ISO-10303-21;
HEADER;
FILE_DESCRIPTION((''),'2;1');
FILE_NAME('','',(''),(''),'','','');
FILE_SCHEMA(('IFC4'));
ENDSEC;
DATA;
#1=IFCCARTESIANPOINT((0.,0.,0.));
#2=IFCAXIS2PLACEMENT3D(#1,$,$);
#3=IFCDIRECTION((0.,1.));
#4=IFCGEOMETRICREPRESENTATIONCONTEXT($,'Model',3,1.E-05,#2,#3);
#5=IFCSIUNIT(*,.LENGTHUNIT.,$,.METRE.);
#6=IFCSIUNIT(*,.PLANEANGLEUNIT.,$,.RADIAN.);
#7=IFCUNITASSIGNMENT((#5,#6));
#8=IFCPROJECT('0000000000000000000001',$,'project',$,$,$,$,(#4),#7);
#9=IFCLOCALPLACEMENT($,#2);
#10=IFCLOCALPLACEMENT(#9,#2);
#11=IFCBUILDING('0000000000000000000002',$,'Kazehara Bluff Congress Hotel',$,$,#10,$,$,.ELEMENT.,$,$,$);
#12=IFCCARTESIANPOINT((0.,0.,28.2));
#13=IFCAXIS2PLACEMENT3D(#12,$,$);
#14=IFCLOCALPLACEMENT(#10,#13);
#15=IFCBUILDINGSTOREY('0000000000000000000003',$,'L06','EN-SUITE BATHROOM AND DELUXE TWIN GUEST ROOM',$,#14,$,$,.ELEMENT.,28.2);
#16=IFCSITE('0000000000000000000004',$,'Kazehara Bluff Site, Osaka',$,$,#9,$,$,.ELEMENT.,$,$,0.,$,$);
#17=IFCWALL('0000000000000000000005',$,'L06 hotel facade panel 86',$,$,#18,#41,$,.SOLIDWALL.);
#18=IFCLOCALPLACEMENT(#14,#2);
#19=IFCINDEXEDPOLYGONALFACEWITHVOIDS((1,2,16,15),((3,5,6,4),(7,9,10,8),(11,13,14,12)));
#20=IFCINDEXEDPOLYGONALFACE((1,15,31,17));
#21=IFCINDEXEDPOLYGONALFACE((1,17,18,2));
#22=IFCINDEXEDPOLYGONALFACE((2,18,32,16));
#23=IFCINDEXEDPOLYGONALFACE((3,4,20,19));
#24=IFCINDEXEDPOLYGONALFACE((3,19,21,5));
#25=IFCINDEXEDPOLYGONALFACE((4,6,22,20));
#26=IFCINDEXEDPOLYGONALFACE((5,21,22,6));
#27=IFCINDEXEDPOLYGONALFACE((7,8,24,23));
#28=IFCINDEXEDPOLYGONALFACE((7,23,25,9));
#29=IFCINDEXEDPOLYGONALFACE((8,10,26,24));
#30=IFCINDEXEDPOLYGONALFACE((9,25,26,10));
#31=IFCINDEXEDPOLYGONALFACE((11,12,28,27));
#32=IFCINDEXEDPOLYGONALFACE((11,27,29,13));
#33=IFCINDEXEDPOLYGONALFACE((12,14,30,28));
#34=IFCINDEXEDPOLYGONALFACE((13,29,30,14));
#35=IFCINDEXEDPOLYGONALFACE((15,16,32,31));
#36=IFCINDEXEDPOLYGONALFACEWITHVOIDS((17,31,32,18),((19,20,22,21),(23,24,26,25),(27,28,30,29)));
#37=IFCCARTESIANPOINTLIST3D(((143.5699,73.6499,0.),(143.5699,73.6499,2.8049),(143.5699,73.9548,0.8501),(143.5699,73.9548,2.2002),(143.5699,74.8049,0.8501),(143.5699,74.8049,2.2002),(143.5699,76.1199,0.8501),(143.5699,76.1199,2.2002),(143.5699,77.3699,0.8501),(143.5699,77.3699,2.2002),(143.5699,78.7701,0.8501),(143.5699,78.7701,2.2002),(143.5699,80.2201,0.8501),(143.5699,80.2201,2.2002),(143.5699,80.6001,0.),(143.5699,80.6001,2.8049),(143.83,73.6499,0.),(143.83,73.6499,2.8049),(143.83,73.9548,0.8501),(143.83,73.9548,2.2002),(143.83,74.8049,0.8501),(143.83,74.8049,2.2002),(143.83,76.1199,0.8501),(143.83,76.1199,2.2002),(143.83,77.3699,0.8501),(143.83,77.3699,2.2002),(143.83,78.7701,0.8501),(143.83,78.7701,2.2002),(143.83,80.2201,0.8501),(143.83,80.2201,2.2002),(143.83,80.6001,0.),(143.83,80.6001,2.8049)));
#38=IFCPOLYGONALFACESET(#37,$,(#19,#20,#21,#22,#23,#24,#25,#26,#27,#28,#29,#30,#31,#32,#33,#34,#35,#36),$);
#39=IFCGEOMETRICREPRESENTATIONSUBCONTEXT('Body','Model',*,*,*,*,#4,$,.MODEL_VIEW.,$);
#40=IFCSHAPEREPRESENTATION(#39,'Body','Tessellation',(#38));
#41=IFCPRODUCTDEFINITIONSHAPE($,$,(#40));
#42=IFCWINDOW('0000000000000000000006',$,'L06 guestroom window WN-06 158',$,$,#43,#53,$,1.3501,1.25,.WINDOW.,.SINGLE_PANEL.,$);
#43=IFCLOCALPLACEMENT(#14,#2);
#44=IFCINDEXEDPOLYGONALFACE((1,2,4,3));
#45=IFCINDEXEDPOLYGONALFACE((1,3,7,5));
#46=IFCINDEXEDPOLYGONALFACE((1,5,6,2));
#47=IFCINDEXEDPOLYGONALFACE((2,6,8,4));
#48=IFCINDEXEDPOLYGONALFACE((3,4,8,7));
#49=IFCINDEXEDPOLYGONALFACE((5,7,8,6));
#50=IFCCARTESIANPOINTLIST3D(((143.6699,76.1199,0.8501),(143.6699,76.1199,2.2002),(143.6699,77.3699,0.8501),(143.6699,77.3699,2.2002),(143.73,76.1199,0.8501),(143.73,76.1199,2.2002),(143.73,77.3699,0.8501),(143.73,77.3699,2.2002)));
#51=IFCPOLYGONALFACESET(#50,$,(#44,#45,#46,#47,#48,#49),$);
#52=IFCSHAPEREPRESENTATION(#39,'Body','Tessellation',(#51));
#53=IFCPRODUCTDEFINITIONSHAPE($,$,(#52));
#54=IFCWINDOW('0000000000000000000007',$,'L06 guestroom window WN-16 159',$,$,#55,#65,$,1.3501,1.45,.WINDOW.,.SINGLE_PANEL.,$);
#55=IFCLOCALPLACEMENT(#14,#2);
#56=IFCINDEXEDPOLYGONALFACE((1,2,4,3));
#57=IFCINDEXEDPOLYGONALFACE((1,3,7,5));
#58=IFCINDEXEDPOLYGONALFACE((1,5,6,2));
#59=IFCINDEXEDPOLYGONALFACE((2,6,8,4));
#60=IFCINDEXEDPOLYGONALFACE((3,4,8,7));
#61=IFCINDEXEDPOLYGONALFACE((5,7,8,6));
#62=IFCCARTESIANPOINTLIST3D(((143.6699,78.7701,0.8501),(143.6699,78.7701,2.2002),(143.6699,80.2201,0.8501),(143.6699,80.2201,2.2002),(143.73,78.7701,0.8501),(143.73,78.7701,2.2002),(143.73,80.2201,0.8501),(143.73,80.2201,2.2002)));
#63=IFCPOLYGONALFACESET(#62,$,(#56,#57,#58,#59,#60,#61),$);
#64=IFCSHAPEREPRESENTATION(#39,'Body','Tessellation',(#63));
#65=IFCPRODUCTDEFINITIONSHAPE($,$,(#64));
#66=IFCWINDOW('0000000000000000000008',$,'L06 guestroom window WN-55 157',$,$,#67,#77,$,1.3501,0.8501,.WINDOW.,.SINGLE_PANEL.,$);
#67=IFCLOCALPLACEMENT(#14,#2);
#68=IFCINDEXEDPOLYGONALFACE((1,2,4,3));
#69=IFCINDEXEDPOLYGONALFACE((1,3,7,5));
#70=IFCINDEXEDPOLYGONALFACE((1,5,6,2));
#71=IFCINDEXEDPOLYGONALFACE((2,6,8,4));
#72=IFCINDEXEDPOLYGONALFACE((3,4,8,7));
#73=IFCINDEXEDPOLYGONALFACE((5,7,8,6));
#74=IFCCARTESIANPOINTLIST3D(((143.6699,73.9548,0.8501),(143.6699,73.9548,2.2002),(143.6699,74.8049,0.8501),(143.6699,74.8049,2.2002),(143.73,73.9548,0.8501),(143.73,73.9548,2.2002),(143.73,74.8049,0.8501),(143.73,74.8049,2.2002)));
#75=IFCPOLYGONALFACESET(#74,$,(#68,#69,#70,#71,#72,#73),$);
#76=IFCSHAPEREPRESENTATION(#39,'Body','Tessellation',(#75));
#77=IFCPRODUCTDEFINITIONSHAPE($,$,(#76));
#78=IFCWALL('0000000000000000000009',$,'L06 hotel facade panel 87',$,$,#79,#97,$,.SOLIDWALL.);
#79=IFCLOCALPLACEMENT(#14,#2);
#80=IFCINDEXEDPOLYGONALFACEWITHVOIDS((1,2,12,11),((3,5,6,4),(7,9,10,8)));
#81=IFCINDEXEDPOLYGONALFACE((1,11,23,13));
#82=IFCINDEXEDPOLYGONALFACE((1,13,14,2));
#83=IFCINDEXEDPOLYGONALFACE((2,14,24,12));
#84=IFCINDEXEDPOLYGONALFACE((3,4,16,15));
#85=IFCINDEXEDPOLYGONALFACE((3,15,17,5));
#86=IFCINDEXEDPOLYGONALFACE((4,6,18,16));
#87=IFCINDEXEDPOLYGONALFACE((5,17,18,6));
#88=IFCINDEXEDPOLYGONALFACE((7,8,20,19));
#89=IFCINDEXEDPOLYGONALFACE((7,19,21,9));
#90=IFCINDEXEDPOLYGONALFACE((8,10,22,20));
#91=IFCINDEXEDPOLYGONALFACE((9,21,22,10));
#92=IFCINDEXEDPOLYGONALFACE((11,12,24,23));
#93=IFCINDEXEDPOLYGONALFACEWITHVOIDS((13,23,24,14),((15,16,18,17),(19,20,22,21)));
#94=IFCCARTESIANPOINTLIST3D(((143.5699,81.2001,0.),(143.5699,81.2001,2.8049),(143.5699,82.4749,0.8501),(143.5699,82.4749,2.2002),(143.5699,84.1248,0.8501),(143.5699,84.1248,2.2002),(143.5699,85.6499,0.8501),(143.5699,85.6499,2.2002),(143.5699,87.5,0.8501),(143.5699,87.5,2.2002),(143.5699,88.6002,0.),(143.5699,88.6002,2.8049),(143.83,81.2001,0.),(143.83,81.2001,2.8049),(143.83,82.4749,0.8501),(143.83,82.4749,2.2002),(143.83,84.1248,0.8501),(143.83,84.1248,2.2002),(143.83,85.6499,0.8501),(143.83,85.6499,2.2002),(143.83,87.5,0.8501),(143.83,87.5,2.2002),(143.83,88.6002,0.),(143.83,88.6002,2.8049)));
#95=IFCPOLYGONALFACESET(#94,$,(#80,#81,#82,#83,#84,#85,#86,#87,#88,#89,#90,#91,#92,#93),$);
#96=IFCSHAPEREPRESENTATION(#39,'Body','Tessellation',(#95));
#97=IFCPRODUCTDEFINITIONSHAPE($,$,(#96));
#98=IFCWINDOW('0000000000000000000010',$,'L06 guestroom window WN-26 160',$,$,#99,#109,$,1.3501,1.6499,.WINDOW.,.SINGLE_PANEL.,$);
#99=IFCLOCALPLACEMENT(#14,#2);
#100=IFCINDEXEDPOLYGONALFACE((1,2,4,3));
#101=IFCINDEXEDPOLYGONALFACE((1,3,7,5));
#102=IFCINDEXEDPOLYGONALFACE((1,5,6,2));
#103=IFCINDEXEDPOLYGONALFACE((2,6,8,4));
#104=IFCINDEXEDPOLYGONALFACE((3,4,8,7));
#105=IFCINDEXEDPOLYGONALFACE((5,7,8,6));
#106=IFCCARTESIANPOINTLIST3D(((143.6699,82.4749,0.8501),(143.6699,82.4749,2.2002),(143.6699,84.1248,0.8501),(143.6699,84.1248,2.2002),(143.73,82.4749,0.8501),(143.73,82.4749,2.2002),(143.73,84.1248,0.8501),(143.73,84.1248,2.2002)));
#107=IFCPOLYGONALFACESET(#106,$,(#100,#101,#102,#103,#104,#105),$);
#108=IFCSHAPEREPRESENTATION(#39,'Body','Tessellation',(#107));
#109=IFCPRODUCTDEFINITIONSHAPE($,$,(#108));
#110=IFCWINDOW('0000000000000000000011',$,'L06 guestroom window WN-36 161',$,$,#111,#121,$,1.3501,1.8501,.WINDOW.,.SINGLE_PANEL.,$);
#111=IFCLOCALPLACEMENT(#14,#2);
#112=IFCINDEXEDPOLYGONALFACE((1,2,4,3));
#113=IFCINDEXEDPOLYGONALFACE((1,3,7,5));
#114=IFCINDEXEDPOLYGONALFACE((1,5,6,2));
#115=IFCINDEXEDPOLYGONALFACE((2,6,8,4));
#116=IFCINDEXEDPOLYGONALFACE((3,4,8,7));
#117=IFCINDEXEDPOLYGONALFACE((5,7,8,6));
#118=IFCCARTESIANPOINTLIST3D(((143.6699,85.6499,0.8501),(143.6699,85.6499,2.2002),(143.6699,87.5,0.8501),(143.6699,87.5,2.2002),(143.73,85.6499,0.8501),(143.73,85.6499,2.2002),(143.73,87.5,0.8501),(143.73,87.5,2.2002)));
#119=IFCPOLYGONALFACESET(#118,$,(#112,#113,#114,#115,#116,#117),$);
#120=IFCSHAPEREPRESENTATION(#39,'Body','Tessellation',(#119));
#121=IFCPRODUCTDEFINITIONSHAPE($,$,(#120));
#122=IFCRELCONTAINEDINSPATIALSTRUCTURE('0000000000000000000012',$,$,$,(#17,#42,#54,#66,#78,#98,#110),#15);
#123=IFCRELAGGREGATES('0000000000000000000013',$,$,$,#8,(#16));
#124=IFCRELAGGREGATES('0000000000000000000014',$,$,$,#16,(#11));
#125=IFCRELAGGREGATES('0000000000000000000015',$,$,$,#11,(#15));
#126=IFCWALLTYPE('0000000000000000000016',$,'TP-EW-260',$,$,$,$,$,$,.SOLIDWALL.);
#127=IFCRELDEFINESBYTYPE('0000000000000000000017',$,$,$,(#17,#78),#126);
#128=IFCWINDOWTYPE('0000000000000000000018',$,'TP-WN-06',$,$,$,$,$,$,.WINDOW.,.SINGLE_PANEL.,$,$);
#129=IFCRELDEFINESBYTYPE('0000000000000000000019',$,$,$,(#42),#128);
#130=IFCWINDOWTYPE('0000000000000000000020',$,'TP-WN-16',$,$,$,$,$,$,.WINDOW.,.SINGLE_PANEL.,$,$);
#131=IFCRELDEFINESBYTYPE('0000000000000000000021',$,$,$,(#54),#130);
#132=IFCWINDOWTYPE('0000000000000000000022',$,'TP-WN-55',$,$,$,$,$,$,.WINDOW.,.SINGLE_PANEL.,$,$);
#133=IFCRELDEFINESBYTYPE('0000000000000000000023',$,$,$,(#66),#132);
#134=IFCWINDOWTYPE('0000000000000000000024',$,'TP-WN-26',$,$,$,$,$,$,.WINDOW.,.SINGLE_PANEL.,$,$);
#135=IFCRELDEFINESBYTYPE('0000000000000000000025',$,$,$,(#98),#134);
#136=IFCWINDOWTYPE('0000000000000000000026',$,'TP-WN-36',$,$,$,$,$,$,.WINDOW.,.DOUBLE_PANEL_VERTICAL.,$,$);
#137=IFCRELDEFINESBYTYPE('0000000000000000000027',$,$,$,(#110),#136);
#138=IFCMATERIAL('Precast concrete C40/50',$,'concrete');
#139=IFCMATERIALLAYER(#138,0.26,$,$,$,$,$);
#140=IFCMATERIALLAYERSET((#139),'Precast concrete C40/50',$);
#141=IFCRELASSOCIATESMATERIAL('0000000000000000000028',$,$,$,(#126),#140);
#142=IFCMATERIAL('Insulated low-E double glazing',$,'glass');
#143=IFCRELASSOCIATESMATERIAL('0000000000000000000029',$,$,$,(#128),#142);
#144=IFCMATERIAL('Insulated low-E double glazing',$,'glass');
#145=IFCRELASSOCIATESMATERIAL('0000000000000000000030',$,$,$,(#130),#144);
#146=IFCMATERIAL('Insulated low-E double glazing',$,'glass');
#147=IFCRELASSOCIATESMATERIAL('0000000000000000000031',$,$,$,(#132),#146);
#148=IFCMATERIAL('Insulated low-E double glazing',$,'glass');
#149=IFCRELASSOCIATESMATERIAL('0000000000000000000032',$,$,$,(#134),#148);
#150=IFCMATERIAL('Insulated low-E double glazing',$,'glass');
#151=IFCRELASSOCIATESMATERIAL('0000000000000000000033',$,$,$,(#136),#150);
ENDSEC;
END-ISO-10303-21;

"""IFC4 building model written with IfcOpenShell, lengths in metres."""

from ifc_helpers import new_model, si_unit, direction, frame, frame_2d, origin, place, context, subcontext, project, spatial, rectangle, extrude, material, layer, layer_set, type_object, element, fill, save


model = new_model("IFC4")

# Units and contexts
model_context = context("Model", 3, precision=1e-05, world=origin(), true_north=direction((0.0, 1.0)))
body_context = subcontext(model_context, "Body", "Model", "MODEL_VIEW")
ifc_project = project(units=[si_unit("LENGTHUNIT", "METRE"), si_unit("PLANEANGLEUNIT", "RADIAN")], contexts=[model_context])

# Site, building, storey
site_placement = place(None, origin())
site = spatial("IfcSite", under=ifc_project, at=site_placement, Name="Kazehara Bluff Site, Osaka", CompositionType="ELEMENT", RefElevation=0.0)
building_placement = place(site_placement, origin())
building = spatial("IfcBuilding", under=site, at=building_placement, Name="Kazehara Bluff Congress Hotel", CompositionType="ELEMENT")
storey_placement = place(building_placement, frame((0.0, 0.0, 28.2)))
storey = spatial("IfcBuildingStorey", under=building, at=storey_placement, Name="L06", Description="EN-SUITE BATHROOM AND DELUXE TWIN GUEST ROOM", CompositionType="ELEMENT", Elevation=28.2)

# Shared definitions
ifc_material_1 = material(Name="Precast concrete C40/50", Category="concrete")
ifc_layer = layer(ifc_material_1, 0.26)
ifc_layer_set = layer_set([ifc_layer], Name="Precast concrete C40/50")
wall_type = type_object("IfcWallType", Name="TP-EW-260", PredefinedType="SOLIDWALL", material=ifc_layer_set)

# Walls, openings, windows
wall_1_placement = place(storey_placement, frame((143.7, 73.6499, 0.0), z_axis=(0.0, 0.0, 1.0), x_axis=(0.0, 1.0, 0.0)))
wall_1 = element("IfcWall", 1, at=wall_1_placement, inside=storey, type_object=wall_type, Name="L06 hotel facade panel 86", PredefinedType="SOLIDWALL", context=body_context, shape_type="SweptSolid", body=[
    extrude(rectangle(XDim=6.9502, YDim=0.26, at=frame_2d((3.4751, 0.0))), origin(), (0.0, 0.0, 1.0), 2.8049),
])
opening_1_placement = place(wall_1_placement, frame((0.3049, 0.0, 0.8501)))
opening_1 = element("IfcOpeningElement", 2, at=opening_1_placement, cuts=wall_1, PredefinedType="OPENING", context=body_context, shape_type="SweptSolid", body=[
    extrude(rectangle(XDim=0.8501, YDim=1.3501, at=frame_2d((0.425, 0.675))), frame((0.0, 0.1399, 0.0), z_axis=(0.0, -1.0, 0.0), x_axis=(1.0, 0.0, 0.0)), (0.0, 0.0, 1.0), 0.28),
])
opening_2_placement = place(wall_1_placement, frame((2.47, 0.0, 0.8501)))
opening_2 = element("IfcOpeningElement", 3, at=opening_2_placement, cuts=wall_1, PredefinedType="OPENING", context=body_context, shape_type="SweptSolid", body=[
    extrude(rectangle(XDim=1.25, YDim=1.3501, at=frame_2d((0.625, 0.675))), frame((0.0, 0.1399, 0.0), z_axis=(0.0, -1.0, 0.0), x_axis=(1.0, 0.0, 0.0)), (0.0, 0.0, 1.0), 0.28),
])
opening_3_placement = place(wall_1_placement, frame((5.1201, 0.0, 0.8501)))
opening_3 = element("IfcOpeningElement", 4, at=opening_3_placement, cuts=wall_1, PredefinedType="OPENING", context=body_context, shape_type="SweptSolid", body=[
    extrude(rectangle(XDim=1.45, YDim=1.3501, at=frame_2d((0.7251, 0.675))), frame((0.0, 0.1399, 0.0), z_axis=(0.0, -1.0, 0.0), x_axis=(1.0, 0.0, 0.0)), (0.0, 0.0, 1.0), 0.28),
])
ifc_material_2 = material(Name="Insulated low-E double glazing", Category="glass")
window_type_1 = type_object("IfcWindowType", Name="TP-WN-06", PartitioningType="SINGLE_PANEL", PredefinedType="WINDOW", material=ifc_material_2)
window_1_placement = place(opening_2_placement, origin())
window_1 = element("IfcWindow", 5, at=window_1_placement, inside=storey, type_object=window_type_1, Name="L06 guestroom window WN-06 158", OverallHeight=1.3501, OverallWidth=1.25, PartitioningType="SINGLE_PANEL", PredefinedType="WINDOW", context=body_context, shape_type="SweptSolid", body=[
    extrude(rectangle(XDim=1.25, YDim=1.3501, at=frame_2d((0.625, 0.675))), frame((0.0, 0.03, 0.0), z_axis=(0.0, -1.0, 0.0), x_axis=(1.0, 0.0, 0.0)), (0.0, 0.0, 1.0), 0.0601),
])
fill(opening_2, window_1)
ifc_material_3 = material(Name="Insulated low-E double glazing", Category="glass")
window_type_2 = type_object("IfcWindowType", Name="TP-WN-16", PartitioningType="SINGLE_PANEL", PredefinedType="WINDOW", material=ifc_material_3)
window_2_placement = place(opening_3_placement, origin())
window_2 = element("IfcWindow", 6, at=window_2_placement, inside=storey, type_object=window_type_2, Name="L06 guestroom window WN-16 159", OverallHeight=1.3501, OverallWidth=1.45, PartitioningType="SINGLE_PANEL", PredefinedType="WINDOW", context=body_context, shape_type="SweptSolid", body=[
    extrude(rectangle(XDim=1.45, YDim=1.3501, at=frame_2d((0.7251, 0.675))), frame((0.0, 0.03, 0.0), z_axis=(0.0, -1.0, 0.0), x_axis=(1.0, 0.0, 0.0)), (0.0, 0.0, 1.0), 0.0601),
])
fill(opening_3, window_2)
ifc_material_4 = material(Name="Insulated low-E double glazing", Category="glass")
window_type_3 = type_object("IfcWindowType", Name="TP-WN-55", PartitioningType="SINGLE_PANEL", PredefinedType="WINDOW", material=ifc_material_4)
window_3_placement = place(opening_1_placement, origin())
window_3 = element("IfcWindow", 7, at=window_3_placement, inside=storey, type_object=window_type_3, Name="L06 guestroom window WN-55 157", OverallHeight=1.3501, OverallWidth=0.8501, PartitioningType="SINGLE_PANEL", PredefinedType="WINDOW", context=body_context, shape_type="SweptSolid", body=[
    extrude(rectangle(XDim=0.8501, YDim=1.3501, at=frame_2d((0.425, 0.675))), frame((0.0, 0.03, 0.0), z_axis=(0.0, -1.0, 0.0), x_axis=(1.0, 0.0, 0.0)), (0.0, 0.0, 1.0), 0.0601),
])
fill(opening_1, window_3)
wall_2_placement = place(storey_placement, frame((143.7, 81.2, 0.0), z_axis=(0.0, 0.0, 1.0), x_axis=(0.0, 1.0, 0.0)))
wall_2 = element("IfcWall", 8, at=wall_2_placement, inside=storey, type_object=wall_type, Name="L06 hotel facade panel 87", PredefinedType="SOLIDWALL", context=body_context, shape_type="SweptSolid", body=[
    extrude(rectangle(XDim=7.4001, YDim=0.26, at=frame_2d((3.7002, 0.0))), origin(), (0.0, 0.0, 1.0), 2.8049),
])
opening_4_placement = place(wall_2_placement, frame((1.2749, 0.0, 0.8501)))
opening_4 = element("IfcOpeningElement", 9, at=opening_4_placement, cuts=wall_2, PredefinedType="OPENING", context=body_context, shape_type="SweptSolid", body=[
    extrude(rectangle(XDim=1.6499, YDim=1.3501, at=frame_2d((0.825, 0.675))), frame((0.0, 0.1399, 0.0), z_axis=(0.0, -1.0, 0.0), x_axis=(1.0, 0.0, 0.0)), (0.0, 0.0, 1.0), 0.28),
])
opening_5_placement = place(wall_2_placement, frame((4.45, 0.0, 0.8501)))
opening_5 = element("IfcOpeningElement", 10, at=opening_5_placement, cuts=wall_2, PredefinedType="OPENING", context=body_context, shape_type="SweptSolid", body=[
    extrude(rectangle(XDim=1.8501, YDim=1.3501, at=frame_2d((0.925, 0.675))), frame((0.0, 0.1399, 0.0), z_axis=(0.0, -1.0, 0.0), x_axis=(1.0, 0.0, 0.0)), (0.0, 0.0, 1.0), 0.28),
])
ifc_material_5 = material(Name="Insulated low-E double glazing", Category="glass")
window_type_4 = type_object("IfcWindowType", Name="TP-WN-26", PartitioningType="SINGLE_PANEL", PredefinedType="WINDOW", material=ifc_material_5)
window_4_placement = place(opening_4_placement, origin())
window_4 = element("IfcWindow", 11, at=window_4_placement, inside=storey, type_object=window_type_4, Name="L06 guestroom window WN-26 160", OverallHeight=1.3501, OverallWidth=1.6499, PartitioningType="SINGLE_PANEL", PredefinedType="WINDOW", context=body_context, shape_type="SweptSolid", body=[
    extrude(rectangle(XDim=1.6499, YDim=1.3501, at=frame_2d((0.825, 0.675))), frame((0.0, 0.03, 0.0), z_axis=(0.0, -1.0, 0.0), x_axis=(1.0, 0.0, 0.0)), (0.0, 0.0, 1.0), 0.0601),
])
fill(opening_4, window_4)
ifc_material_6 = material(Name="Insulated low-E double glazing", Category="glass")
window_type_5 = type_object("IfcWindowType", Name="TP-WN-36", PartitioningType="DOUBLE_PANEL_VERTICAL", PredefinedType="WINDOW", material=ifc_material_6)
window_5_placement = place(opening_5_placement, origin())
window_5 = element("IfcWindow", 12, at=window_5_placement, inside=storey, type_object=window_type_5, Name="L06 guestroom window WN-36 161", OverallHeight=1.3501, OverallWidth=1.8501, PartitioningType="SINGLE_PANEL", PredefinedType="WINDOW", context=body_context, shape_type="SweptSolid", body=[
    extrude(rectangle(XDim=1.8501, YDim=1.3501, at=frame_2d((0.925, 0.675))), frame((0.0, 0.03, 0.0), z_axis=(0.0, -1.0, 0.0), x_axis=(1.0, 0.0, 0.0)), (0.0, 0.0, 1.0), 0.0601),
])
fill(opening_5, window_5)

save(model, "model.ifc")
